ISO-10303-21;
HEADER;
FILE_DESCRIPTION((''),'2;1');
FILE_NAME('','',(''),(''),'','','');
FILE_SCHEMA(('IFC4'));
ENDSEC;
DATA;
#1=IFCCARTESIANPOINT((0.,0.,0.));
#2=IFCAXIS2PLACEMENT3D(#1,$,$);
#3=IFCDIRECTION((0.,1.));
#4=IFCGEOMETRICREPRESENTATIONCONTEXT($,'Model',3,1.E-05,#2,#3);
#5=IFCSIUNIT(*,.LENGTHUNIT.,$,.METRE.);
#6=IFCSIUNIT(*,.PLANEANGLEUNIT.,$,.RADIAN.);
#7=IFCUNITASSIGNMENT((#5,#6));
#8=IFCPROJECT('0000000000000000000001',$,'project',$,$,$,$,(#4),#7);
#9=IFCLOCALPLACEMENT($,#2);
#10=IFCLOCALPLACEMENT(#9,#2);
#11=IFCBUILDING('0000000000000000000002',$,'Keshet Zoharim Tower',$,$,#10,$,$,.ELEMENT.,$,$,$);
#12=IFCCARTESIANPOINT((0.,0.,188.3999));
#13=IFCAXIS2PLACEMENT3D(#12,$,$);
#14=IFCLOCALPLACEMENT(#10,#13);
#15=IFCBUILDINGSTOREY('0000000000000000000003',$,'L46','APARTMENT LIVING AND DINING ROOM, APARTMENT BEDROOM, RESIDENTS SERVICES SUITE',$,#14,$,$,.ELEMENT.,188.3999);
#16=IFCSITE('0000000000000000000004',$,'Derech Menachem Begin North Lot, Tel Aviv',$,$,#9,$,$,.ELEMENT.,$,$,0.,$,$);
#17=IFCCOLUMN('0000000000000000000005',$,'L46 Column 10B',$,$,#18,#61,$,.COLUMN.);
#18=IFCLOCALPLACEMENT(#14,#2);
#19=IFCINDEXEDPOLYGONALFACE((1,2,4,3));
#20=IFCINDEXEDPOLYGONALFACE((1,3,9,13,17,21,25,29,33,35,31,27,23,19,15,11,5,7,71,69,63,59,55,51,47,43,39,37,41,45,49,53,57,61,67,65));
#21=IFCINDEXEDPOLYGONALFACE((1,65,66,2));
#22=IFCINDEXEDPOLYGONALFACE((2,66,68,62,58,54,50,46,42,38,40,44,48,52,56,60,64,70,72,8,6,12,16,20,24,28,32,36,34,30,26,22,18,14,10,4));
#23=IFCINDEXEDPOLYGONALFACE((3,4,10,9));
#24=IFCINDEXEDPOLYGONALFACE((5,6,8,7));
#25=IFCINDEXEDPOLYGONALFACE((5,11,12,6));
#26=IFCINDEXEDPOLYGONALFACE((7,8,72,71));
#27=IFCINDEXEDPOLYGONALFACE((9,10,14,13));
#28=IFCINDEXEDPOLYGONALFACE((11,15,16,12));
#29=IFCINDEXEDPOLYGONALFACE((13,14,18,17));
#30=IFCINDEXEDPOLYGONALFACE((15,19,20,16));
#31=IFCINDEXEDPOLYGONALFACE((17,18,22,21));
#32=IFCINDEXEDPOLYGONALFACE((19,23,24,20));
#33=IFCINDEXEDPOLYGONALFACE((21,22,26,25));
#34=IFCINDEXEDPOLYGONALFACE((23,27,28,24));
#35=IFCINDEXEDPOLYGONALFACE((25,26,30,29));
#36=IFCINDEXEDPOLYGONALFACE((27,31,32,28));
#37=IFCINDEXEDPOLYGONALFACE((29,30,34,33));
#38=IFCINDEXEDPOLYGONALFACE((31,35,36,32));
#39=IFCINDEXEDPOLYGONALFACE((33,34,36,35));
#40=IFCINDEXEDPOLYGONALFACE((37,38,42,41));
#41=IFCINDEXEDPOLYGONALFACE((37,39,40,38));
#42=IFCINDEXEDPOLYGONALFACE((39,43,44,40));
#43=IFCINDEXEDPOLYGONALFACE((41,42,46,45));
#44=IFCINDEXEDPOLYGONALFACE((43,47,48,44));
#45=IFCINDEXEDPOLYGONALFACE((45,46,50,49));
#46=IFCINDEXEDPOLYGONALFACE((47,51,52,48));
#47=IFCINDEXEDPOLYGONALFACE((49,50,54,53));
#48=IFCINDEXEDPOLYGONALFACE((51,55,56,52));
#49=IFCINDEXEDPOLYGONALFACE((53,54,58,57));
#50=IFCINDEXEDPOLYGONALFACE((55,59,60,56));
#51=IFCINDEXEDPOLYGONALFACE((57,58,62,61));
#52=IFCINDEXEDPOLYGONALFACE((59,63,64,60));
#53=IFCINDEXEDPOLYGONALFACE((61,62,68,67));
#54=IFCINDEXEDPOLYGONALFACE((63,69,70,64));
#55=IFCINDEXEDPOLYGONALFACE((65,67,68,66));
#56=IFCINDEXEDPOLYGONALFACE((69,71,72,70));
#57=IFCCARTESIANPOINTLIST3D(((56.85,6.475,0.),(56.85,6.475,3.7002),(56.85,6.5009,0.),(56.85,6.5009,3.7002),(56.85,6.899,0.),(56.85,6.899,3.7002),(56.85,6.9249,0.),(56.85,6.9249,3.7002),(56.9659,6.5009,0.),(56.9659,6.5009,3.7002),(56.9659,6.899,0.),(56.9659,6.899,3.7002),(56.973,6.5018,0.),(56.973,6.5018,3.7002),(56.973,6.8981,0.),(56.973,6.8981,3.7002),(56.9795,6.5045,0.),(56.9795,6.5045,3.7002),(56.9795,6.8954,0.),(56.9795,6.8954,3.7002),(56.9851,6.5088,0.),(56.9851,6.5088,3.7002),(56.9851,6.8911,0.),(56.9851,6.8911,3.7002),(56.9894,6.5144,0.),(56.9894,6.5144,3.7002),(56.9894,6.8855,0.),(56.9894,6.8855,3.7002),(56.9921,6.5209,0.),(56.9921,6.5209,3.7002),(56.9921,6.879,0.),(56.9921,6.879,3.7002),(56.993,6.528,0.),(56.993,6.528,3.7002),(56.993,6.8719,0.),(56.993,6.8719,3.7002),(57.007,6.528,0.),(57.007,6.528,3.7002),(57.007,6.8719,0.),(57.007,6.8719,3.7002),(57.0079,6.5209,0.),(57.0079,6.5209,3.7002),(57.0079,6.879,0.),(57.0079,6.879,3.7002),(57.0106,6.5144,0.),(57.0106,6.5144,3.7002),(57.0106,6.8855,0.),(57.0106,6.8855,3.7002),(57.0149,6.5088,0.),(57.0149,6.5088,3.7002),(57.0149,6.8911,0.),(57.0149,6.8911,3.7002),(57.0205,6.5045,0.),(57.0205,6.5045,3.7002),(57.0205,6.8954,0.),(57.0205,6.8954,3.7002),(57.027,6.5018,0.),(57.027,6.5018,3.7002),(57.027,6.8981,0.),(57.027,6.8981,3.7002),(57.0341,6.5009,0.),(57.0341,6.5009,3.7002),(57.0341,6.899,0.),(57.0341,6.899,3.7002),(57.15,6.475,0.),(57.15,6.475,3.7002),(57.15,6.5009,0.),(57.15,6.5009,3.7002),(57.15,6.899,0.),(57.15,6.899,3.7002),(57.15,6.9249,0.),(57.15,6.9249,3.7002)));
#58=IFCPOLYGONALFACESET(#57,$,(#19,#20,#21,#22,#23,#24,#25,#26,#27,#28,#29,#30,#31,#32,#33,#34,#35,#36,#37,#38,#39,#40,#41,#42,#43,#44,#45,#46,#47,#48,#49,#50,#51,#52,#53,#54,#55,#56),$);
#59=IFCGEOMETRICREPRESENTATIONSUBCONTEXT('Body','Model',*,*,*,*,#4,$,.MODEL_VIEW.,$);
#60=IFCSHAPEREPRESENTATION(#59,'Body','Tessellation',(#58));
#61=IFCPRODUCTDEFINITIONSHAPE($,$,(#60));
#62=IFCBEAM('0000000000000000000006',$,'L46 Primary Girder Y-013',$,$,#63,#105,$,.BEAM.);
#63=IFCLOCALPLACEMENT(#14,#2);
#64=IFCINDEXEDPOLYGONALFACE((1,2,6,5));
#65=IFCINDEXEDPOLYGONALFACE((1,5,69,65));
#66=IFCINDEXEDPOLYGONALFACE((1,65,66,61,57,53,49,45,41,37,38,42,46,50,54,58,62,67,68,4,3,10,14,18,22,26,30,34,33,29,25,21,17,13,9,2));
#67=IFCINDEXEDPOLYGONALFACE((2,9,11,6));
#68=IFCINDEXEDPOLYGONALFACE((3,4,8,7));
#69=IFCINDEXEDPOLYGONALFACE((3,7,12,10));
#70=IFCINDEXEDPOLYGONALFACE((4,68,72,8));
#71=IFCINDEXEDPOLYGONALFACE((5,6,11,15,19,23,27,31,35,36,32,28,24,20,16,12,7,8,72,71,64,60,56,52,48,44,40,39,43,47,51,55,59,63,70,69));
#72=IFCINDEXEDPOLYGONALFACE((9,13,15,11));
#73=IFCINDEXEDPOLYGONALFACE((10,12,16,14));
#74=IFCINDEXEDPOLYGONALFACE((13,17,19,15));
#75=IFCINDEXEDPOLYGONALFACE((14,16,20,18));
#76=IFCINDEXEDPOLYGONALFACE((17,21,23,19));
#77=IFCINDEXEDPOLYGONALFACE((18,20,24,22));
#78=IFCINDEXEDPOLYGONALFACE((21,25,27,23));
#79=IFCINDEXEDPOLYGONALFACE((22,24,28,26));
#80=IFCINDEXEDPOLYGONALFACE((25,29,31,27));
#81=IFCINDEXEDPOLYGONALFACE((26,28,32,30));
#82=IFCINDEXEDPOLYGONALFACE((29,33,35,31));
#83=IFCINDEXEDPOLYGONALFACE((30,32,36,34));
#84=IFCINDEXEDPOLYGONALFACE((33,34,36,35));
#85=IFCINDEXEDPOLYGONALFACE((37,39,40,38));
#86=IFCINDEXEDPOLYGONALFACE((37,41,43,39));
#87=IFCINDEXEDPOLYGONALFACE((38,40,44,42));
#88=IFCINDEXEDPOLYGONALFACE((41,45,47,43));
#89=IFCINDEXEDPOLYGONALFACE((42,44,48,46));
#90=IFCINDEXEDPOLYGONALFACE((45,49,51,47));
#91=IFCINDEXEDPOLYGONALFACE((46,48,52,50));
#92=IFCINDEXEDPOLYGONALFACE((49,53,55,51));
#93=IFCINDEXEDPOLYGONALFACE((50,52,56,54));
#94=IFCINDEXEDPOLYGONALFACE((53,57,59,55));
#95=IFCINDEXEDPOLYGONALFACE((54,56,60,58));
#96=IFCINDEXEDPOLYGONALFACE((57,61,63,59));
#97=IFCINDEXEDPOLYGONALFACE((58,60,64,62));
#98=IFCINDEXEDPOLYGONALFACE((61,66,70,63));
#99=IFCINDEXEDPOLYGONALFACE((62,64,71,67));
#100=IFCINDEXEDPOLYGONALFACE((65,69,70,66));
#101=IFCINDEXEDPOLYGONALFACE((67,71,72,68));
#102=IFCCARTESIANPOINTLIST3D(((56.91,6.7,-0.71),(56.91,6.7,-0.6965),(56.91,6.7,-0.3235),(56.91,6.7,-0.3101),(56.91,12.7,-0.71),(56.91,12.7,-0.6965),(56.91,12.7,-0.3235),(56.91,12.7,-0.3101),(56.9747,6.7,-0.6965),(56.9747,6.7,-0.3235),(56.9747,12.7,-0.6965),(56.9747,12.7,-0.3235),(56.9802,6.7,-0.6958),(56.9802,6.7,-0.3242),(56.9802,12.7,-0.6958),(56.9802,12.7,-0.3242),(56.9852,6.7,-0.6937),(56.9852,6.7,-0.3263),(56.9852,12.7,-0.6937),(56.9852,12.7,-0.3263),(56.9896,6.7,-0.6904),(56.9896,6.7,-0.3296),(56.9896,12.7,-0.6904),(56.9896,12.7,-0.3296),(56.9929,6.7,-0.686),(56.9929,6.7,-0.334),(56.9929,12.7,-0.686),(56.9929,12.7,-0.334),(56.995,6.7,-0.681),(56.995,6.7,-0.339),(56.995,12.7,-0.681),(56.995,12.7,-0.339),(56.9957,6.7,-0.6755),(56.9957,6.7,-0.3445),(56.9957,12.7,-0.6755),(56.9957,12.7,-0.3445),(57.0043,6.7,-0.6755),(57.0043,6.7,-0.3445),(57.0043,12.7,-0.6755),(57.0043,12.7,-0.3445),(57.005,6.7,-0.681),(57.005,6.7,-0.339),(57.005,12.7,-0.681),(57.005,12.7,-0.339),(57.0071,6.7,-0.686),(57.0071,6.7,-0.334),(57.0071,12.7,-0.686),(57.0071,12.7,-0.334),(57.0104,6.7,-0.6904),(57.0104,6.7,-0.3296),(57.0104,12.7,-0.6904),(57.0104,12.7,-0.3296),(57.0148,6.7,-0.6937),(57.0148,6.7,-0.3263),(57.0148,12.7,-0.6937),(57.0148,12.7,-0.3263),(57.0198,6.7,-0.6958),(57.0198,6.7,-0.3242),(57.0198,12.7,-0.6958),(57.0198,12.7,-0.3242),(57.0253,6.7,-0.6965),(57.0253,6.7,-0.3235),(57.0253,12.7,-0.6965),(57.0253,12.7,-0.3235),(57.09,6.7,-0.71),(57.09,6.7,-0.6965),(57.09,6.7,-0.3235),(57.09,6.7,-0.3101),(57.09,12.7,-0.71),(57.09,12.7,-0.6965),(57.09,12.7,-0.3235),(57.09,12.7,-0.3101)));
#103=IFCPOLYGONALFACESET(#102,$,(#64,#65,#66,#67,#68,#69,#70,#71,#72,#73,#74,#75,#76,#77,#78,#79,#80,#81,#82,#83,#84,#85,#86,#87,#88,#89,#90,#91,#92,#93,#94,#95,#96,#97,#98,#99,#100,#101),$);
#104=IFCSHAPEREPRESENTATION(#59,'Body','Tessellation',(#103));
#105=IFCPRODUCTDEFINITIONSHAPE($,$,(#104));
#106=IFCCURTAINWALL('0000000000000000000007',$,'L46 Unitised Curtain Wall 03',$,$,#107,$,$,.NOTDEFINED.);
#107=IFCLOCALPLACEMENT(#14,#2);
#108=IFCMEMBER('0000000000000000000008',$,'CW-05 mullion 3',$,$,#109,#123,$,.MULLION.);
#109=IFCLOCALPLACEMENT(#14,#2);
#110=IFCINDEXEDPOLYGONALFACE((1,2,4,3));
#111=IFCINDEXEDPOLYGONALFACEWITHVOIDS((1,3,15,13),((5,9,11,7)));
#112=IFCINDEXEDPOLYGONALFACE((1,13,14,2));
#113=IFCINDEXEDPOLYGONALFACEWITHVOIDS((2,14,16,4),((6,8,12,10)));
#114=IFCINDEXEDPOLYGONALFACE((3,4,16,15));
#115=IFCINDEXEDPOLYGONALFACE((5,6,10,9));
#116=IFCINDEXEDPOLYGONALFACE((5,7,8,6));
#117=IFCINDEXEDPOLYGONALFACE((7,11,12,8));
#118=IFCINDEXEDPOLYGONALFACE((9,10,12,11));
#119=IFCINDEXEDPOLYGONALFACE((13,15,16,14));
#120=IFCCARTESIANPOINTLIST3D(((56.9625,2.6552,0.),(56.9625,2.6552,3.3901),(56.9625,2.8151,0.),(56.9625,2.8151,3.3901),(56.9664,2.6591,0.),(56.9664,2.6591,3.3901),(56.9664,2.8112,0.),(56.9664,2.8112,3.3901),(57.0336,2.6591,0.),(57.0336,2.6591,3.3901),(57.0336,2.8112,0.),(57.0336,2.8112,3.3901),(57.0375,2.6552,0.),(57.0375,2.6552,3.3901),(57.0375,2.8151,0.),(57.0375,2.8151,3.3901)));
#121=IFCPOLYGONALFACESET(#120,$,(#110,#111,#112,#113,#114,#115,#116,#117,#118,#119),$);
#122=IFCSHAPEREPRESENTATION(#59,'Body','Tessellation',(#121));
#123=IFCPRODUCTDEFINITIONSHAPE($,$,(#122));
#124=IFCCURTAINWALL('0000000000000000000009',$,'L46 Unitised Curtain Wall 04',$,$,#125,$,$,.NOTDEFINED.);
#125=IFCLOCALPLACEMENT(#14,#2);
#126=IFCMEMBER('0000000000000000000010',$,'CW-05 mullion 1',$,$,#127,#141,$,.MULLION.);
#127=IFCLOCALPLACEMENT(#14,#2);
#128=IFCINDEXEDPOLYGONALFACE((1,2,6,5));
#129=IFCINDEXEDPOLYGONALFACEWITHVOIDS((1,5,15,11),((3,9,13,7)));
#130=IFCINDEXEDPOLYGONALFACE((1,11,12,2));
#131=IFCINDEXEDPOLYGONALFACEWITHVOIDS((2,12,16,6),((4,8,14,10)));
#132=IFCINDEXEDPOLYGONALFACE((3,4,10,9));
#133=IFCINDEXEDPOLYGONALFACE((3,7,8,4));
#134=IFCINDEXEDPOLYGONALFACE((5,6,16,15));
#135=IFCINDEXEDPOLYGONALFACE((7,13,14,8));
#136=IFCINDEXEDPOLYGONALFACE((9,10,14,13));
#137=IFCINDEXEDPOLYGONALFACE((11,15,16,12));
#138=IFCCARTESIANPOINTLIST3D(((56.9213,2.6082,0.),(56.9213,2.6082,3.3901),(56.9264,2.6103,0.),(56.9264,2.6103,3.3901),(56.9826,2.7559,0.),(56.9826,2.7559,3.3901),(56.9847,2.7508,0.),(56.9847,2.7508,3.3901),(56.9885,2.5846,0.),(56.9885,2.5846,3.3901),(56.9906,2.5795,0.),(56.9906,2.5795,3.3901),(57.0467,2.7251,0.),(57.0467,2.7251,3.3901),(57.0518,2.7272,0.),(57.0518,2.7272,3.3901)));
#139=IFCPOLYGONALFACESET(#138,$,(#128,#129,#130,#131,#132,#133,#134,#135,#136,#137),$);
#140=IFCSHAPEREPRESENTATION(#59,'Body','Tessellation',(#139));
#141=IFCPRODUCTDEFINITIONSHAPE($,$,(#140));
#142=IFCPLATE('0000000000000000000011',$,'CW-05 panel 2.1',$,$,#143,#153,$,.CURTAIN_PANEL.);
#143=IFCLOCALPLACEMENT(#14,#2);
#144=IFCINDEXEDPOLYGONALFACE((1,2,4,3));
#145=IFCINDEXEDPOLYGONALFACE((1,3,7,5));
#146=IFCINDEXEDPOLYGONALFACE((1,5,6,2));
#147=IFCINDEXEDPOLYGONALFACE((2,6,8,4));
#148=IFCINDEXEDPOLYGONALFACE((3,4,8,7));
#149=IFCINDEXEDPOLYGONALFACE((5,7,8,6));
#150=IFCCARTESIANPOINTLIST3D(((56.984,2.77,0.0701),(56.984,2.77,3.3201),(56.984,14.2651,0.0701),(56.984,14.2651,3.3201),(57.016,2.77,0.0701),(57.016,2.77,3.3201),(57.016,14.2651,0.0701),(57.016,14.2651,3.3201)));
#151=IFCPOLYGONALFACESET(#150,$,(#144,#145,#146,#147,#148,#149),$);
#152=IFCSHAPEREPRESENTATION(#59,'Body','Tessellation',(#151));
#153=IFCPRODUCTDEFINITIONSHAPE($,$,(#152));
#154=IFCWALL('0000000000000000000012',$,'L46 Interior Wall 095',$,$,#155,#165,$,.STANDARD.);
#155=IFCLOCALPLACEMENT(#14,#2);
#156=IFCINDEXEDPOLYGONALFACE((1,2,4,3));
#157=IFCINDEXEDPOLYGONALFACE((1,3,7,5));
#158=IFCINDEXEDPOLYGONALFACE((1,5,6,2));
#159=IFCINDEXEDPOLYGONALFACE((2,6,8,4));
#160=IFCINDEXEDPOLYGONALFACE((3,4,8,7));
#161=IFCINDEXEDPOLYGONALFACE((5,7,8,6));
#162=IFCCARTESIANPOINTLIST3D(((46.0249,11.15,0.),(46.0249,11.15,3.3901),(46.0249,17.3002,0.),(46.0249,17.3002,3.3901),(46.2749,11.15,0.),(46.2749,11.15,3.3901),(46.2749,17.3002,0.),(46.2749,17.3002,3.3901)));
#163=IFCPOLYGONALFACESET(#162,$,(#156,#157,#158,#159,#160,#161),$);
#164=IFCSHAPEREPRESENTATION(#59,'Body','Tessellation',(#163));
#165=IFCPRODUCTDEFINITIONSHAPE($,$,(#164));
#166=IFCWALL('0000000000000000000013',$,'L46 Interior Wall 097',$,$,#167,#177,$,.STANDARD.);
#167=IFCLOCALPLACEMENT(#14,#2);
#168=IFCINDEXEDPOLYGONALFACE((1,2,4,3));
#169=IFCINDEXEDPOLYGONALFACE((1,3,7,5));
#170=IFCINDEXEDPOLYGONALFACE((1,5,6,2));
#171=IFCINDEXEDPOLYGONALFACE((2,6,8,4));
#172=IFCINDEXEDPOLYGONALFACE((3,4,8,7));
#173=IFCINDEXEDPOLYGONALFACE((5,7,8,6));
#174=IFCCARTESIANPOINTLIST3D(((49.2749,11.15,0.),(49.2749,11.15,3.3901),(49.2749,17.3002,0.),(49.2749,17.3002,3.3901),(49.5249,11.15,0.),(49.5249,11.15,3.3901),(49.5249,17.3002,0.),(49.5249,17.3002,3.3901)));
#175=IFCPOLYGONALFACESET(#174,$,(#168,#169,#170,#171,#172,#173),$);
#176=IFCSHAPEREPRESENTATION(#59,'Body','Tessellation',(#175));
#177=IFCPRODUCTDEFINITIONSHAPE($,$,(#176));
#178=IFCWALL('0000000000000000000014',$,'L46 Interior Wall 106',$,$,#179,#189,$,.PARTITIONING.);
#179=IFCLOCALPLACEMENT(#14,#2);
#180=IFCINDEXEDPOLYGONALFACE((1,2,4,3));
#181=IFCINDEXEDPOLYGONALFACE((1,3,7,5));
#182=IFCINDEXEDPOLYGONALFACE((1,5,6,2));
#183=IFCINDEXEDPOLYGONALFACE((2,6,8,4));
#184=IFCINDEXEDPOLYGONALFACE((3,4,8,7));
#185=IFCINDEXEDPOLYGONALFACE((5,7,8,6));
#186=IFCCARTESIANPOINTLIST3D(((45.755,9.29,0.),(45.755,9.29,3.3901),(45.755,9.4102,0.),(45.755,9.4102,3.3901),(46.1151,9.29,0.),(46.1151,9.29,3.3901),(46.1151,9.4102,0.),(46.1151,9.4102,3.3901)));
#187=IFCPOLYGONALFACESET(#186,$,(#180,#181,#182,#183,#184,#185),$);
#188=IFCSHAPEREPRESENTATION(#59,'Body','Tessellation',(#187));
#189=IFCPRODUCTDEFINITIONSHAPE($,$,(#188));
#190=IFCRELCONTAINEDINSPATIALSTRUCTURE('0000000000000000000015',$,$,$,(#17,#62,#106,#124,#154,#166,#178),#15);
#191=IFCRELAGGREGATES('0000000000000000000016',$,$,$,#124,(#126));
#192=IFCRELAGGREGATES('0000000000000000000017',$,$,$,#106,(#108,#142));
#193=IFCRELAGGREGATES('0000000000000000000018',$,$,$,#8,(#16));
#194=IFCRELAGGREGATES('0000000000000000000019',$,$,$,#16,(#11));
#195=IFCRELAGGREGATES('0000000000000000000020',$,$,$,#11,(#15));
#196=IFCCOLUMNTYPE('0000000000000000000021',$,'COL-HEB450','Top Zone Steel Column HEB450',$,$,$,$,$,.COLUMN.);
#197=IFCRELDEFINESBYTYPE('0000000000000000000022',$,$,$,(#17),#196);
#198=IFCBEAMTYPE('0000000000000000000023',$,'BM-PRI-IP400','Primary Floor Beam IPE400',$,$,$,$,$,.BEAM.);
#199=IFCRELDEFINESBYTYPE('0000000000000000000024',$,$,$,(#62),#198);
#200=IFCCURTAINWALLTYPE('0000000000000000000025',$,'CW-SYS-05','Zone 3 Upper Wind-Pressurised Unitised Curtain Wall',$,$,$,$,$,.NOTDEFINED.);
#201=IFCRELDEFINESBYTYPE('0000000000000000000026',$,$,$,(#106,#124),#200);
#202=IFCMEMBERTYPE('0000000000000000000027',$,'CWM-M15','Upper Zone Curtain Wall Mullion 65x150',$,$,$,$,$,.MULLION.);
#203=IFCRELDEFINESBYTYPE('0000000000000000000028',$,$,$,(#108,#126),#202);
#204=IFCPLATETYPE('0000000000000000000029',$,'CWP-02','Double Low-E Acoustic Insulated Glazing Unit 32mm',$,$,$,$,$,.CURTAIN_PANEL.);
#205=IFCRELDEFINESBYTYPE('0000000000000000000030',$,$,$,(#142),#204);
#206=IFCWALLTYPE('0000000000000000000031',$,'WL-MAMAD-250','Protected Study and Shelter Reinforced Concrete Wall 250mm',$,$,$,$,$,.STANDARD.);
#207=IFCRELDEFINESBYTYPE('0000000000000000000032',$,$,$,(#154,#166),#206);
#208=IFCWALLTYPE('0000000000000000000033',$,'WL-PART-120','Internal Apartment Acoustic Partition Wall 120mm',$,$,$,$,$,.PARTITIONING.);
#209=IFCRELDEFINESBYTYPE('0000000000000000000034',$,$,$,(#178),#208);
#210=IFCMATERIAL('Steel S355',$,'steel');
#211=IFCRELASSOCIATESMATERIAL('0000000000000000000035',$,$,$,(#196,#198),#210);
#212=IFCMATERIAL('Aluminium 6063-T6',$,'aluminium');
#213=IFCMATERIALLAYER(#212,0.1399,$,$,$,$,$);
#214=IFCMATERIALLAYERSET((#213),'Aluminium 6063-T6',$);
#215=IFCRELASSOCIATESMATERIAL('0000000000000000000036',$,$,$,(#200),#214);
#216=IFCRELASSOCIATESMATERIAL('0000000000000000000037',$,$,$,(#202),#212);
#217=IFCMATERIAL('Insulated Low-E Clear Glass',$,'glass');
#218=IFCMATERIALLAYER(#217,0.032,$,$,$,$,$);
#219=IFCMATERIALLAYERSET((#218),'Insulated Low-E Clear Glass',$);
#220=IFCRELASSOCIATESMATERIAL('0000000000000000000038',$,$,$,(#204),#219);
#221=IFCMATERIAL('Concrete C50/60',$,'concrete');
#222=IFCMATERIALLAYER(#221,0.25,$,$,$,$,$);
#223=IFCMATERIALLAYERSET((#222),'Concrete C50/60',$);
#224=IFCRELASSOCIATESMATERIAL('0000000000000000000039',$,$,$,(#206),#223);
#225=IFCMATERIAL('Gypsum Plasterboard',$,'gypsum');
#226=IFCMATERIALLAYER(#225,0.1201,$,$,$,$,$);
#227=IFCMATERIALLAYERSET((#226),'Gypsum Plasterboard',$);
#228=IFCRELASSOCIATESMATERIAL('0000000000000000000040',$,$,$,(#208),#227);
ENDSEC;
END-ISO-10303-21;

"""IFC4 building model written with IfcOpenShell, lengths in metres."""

from ifc_helpers import new_model, si_unit, direction, frame, frame_2d, origin, origin_2d, place, context, subcontext, project, spatial, rectangle, hollow_rectangle, i_section, extrude, material, layer, layer_set, material_profile, profile_set, type_object, element, aggregate, save


model = new_model("IFC4")

# Units and contexts
model_context = context("Model", 3, precision=1e-05, world=origin(), true_north=direction((0.0, 1.0)))
body_context = subcontext(model_context, "Body", "Model", "MODEL_VIEW")
ifc_project = project(units=[si_unit("LENGTHUNIT", "METRE"), si_unit("PLANEANGLEUNIT", "RADIAN")], contexts=[model_context])

# Site, building, storey
site_placement = place(None, origin())
site = spatial("IfcSite", under=ifc_project, at=site_placement, Name="Derech Menachem Begin North Lot, Tel Aviv", CompositionType="ELEMENT", RefElevation=0.0)
building_placement = place(site_placement, origin())
building = spatial("IfcBuilding", under=site, at=building_placement, Name="Keshet Zoharim Tower", CompositionType="ELEMENT")
storey_placement = place(building_placement, frame((0.0, 0.0, 188.3999)))
storey = spatial("IfcBuildingStorey", under=building, at=storey_placement, Name="L46", Description="APARTMENT LIVING AND DINING ROOM, APARTMENT BEDROOM, RESIDENTS SERVICES SUITE", CompositionType="ELEMENT", Elevation=188.3999)

# Column
ifc_material_1 = material(Name="Steel S355", Category="steel")
ifc_material_profile_1 = material_profile(ifc_material_1, i_section(OverallWidth=0.3, OverallDepth=0.45, WebThickness=0.0139, FlangeThickness=0.0259, FilletRadius=0.0271, at=origin_2d()), Name="HEB450")
ifc_profile_set_1 = profile_set([ifc_material_profile_1], Name="Steel S355")
column_type = type_object("IfcColumnType", Name="COL-HEB450", Description="Top Zone Steel Column HEB450", PredefinedType="COLUMN", material=ifc_profile_set_1)
column_placement = place(storey_placement, frame((57.0, 6.7, 0.0), z_axis=(0.0, 0.0, 1.0), x_axis=(1.0, 0.0, 0.0)))
element("IfcColumn", 1, at=column_placement, inside=storey, type_object=column_type, Name="L46 Column 10B", PredefinedType="COLUMN", context=body_context, shape_type="SweptSolid", body=[
    extrude(i_section(OverallWidth=0.3, OverallDepth=0.45, WebThickness=0.0139, FlangeThickness=0.0259, FilletRadius=0.0271, at=origin_2d()), origin(), (0.0, 0.0, 1.0), 3.7002),
])

# Beam
ifc_material_profile_2 = material_profile(ifc_material_1, i_section(OverallWidth=0.1799, OverallDepth=0.3999, WebThickness=0.0085, FlangeThickness=0.0134, FilletRadius=0.021, at=origin_2d()), Name="IPE400")
ifc_profile_set_2 = profile_set([ifc_material_profile_2], Name="Steel S355")
beam_type = type_object("IfcBeamType", Name="BM-PRI-IP400", Description="Primary Floor Beam IPE400", PredefinedType="BEAM", material=ifc_profile_set_2)
beam_placement = place(storey_placement, frame((57.0, 6.7, -0.51), z_axis=(0.0, 1.0, 0.0), x_axis=(-1.0, 0.0, 0.0)))
element("IfcBeam", 2, at=beam_placement, inside=storey, type_object=beam_type, Name="L46 Primary Girder Y-013", PredefinedType="BEAM", context=body_context, shape_type="SweptSolid", body=[
    extrude(i_section(OverallWidth=0.1799, OverallDepth=0.3999, WebThickness=0.0085, FlangeThickness=0.0134, FilletRadius=0.021, at=origin_2d()), origin(), (0.0, 0.0, 1.0), 6.0),
])

# Curtain walls, members
ifc_material_2 = material(Name="Aluminium 6063-T6", Category="aluminium")
ifc_layer_1 = layer(ifc_material_2, 0.1399)
ifc_layer_set_1 = layer_set([ifc_layer_1], Name="Aluminium 6063-T6")
curtain_wall_type = type_object("IfcCurtainWallType", Name="CW-SYS-05", Description="Zone 3 Upper Wind-Pressurised Unitised Curtain Wall", PredefinedType="NOTDEFINED", material=ifc_layer_set_1)
curtain_wall_1_placement = place(storey_placement, origin())
curtain_wall_1 = element("IfcCurtainWall", 3, at=curtain_wall_1_placement, inside=storey, type_object=curtain_wall_type, Name="L46 Unitised Curtain Wall 03", PredefinedType="NOTDEFINED")
ifc_material_profile_3 = material_profile(ifc_material_2, hollow_rectangle(XDim=0.075, YDim=0.1599, WallThickness=0.0039, at=origin_2d()), Name="MUL-75x160")
ifc_profile_set_3 = profile_set([ifc_material_profile_3], Name="Aluminium 6063-T6")
member_type = type_object("IfcMemberType", Name="CWM-M15", Description="Upper Zone Curtain Wall Mullion 65x150", PredefinedType="MULLION", material=ifc_profile_set_3)
member_1_placement = place(storey_placement, frame((57.0, 2.7351, 0.0), z_axis=(0.0, 0.0, 1.0), x_axis=(1.0, 0.0, 0.0)))
member_1 = element("IfcMember", 4, at=member_1_placement, type_object=member_type, Name="CW-05 mullion 3", PredefinedType="MULLION", context=body_context, shape_type="SweptSolid", body=[
    extrude(hollow_rectangle(XDim=0.075, YDim=0.1599, WallThickness=0.0039, at=origin_2d()), origin(), (0.0, 0.0, 1.0), 3.3901),
])
curtain_wall_2_placement = place(storey_placement, origin())
curtain_wall_2 = element("IfcCurtainWall", 5, at=curtain_wall_2_placement, inside=storey, type_object=curtain_wall_type, Name="L46 Unitised Curtain Wall 04", PredefinedType="NOTDEFINED")
member_2_placement = place(storey_placement, frame((56.9866, 2.6677, 0.0), z_axis=(0.0, 0.0, 1.0), x_axis=(0.92381, -0.382852, 0.0)))
member_2 = element("IfcMember", 6, at=member_2_placement, type_object=member_type, Name="CW-05 mullion 1", PredefinedType="MULLION", context=body_context, shape_type="SweptSolid", body=[
    extrude(hollow_rectangle(XDim=0.075, YDim=0.1599, WallThickness=0.0039, at=origin_2d()), origin(), (0.0, 0.0, 1.0), 3.3901),
])
aggregate(curtain_wall_2, [member_2])

# Plate
ifc_material_3 = material(Name="Insulated Low-E Clear Glass", Category="glass")
ifc_layer_2 = layer(ifc_material_3, 0.032)
ifc_layer_set_2 = layer_set([ifc_layer_2], Name="Insulated Low-E Clear Glass")
plate_type = type_object("IfcPlateType", Name="CWP-02", Description="Double Low-E Acoustic Insulated Glazing Unit 32mm", PredefinedType="CURTAIN_PANEL", material=ifc_layer_set_2)
plate_placement = place(storey_placement, frame((57.0, 8.5176, 0.0701), z_axis=(0.0, 0.0, 1.0), x_axis=(0.0, -1.0, 0.0)))
plate = element("IfcPlate", 7, at=plate_placement, type_object=plate_type, Name="CW-05 panel 2.1", PredefinedType="CURTAIN_PANEL", context=body_context, shape_type="SweptSolid", body=[
    extrude(rectangle(XDim=11.4951, YDim=0.032, at=origin_2d()), origin(), (0.0, 0.0, 1.0), 3.25),
])
aggregate(curtain_wall_1, [member_1, plate])

# Walls
ifc_material_4 = material(Name="Concrete C50/60", Category="concrete")
ifc_layer_3 = layer(ifc_material_4, 0.25)
ifc_layer_set_3 = layer_set([ifc_layer_3], Name="Concrete C50/60")
wall_type_1 = type_object("IfcWallType", Name="WL-MAMAD-250", Description="Protected Study and Shelter Reinforced Concrete Wall 250mm", PredefinedType="STANDARD", material=ifc_layer_set_3)
for number, where, z_axis, x_axis, name in (
    (8, (46.1499, 11.1499, 0.0), (0.0, 0.0, 1.0), (0.0, 1.0, 0.0), "L46 Interior Wall 095"),
    (9, (49.3999, 11.1499, 0.0), (0.0, 0.0, 1.0), (0.0, 1.0, 0.0), "L46 Interior Wall 097"),
):
    element("IfcWall", number, at=place(storey_placement, frame(where, z_axis=z_axis, x_axis=x_axis)), inside=storey, type_object=wall_type_1, Name=name, PredefinedType="STANDARD", context=body_context, shape_type="SweptSolid", body=[
        extrude(rectangle(XDim=6.1501, YDim=0.25, at=frame_2d((3.0752, 0.0))), origin(), (0.0, 0.0, 1.0), 3.3901),
    ])

# Wall
ifc_material_5 = material(Name="Gypsum Plasterboard", Category="gypsum")
ifc_layer_4 = layer(ifc_material_5, 0.1201)
ifc_layer_set_4 = layer_set([ifc_layer_4], Name="Gypsum Plasterboard")
wall_type_2 = type_object("IfcWallType", Name="WL-PART-120", Description="Internal Apartment Acoustic Partition Wall 120mm", PredefinedType="PARTITIONING", material=ifc_layer_set_4)
wall_1_placement = place(storey_placement, frame((45.7549, 9.3501, 0.0), z_axis=(0.0, 0.0, 1.0), x_axis=(1.0, 0.0, 0.0)))
element("IfcWall", 10, at=wall_1_placement, inside=storey, type_object=wall_type_2, Name="L46 Interior Wall 106", PredefinedType="PARTITIONING", context=body_context, shape_type="SweptSolid", body=[
    extrude(rectangle(XDim=0.3601, YDim=0.1201, at=frame_2d((0.1802, 0.0))), origin(), (0.0, 0.0, 1.0), 3.3901),
])

save(model, "model.ifc")
